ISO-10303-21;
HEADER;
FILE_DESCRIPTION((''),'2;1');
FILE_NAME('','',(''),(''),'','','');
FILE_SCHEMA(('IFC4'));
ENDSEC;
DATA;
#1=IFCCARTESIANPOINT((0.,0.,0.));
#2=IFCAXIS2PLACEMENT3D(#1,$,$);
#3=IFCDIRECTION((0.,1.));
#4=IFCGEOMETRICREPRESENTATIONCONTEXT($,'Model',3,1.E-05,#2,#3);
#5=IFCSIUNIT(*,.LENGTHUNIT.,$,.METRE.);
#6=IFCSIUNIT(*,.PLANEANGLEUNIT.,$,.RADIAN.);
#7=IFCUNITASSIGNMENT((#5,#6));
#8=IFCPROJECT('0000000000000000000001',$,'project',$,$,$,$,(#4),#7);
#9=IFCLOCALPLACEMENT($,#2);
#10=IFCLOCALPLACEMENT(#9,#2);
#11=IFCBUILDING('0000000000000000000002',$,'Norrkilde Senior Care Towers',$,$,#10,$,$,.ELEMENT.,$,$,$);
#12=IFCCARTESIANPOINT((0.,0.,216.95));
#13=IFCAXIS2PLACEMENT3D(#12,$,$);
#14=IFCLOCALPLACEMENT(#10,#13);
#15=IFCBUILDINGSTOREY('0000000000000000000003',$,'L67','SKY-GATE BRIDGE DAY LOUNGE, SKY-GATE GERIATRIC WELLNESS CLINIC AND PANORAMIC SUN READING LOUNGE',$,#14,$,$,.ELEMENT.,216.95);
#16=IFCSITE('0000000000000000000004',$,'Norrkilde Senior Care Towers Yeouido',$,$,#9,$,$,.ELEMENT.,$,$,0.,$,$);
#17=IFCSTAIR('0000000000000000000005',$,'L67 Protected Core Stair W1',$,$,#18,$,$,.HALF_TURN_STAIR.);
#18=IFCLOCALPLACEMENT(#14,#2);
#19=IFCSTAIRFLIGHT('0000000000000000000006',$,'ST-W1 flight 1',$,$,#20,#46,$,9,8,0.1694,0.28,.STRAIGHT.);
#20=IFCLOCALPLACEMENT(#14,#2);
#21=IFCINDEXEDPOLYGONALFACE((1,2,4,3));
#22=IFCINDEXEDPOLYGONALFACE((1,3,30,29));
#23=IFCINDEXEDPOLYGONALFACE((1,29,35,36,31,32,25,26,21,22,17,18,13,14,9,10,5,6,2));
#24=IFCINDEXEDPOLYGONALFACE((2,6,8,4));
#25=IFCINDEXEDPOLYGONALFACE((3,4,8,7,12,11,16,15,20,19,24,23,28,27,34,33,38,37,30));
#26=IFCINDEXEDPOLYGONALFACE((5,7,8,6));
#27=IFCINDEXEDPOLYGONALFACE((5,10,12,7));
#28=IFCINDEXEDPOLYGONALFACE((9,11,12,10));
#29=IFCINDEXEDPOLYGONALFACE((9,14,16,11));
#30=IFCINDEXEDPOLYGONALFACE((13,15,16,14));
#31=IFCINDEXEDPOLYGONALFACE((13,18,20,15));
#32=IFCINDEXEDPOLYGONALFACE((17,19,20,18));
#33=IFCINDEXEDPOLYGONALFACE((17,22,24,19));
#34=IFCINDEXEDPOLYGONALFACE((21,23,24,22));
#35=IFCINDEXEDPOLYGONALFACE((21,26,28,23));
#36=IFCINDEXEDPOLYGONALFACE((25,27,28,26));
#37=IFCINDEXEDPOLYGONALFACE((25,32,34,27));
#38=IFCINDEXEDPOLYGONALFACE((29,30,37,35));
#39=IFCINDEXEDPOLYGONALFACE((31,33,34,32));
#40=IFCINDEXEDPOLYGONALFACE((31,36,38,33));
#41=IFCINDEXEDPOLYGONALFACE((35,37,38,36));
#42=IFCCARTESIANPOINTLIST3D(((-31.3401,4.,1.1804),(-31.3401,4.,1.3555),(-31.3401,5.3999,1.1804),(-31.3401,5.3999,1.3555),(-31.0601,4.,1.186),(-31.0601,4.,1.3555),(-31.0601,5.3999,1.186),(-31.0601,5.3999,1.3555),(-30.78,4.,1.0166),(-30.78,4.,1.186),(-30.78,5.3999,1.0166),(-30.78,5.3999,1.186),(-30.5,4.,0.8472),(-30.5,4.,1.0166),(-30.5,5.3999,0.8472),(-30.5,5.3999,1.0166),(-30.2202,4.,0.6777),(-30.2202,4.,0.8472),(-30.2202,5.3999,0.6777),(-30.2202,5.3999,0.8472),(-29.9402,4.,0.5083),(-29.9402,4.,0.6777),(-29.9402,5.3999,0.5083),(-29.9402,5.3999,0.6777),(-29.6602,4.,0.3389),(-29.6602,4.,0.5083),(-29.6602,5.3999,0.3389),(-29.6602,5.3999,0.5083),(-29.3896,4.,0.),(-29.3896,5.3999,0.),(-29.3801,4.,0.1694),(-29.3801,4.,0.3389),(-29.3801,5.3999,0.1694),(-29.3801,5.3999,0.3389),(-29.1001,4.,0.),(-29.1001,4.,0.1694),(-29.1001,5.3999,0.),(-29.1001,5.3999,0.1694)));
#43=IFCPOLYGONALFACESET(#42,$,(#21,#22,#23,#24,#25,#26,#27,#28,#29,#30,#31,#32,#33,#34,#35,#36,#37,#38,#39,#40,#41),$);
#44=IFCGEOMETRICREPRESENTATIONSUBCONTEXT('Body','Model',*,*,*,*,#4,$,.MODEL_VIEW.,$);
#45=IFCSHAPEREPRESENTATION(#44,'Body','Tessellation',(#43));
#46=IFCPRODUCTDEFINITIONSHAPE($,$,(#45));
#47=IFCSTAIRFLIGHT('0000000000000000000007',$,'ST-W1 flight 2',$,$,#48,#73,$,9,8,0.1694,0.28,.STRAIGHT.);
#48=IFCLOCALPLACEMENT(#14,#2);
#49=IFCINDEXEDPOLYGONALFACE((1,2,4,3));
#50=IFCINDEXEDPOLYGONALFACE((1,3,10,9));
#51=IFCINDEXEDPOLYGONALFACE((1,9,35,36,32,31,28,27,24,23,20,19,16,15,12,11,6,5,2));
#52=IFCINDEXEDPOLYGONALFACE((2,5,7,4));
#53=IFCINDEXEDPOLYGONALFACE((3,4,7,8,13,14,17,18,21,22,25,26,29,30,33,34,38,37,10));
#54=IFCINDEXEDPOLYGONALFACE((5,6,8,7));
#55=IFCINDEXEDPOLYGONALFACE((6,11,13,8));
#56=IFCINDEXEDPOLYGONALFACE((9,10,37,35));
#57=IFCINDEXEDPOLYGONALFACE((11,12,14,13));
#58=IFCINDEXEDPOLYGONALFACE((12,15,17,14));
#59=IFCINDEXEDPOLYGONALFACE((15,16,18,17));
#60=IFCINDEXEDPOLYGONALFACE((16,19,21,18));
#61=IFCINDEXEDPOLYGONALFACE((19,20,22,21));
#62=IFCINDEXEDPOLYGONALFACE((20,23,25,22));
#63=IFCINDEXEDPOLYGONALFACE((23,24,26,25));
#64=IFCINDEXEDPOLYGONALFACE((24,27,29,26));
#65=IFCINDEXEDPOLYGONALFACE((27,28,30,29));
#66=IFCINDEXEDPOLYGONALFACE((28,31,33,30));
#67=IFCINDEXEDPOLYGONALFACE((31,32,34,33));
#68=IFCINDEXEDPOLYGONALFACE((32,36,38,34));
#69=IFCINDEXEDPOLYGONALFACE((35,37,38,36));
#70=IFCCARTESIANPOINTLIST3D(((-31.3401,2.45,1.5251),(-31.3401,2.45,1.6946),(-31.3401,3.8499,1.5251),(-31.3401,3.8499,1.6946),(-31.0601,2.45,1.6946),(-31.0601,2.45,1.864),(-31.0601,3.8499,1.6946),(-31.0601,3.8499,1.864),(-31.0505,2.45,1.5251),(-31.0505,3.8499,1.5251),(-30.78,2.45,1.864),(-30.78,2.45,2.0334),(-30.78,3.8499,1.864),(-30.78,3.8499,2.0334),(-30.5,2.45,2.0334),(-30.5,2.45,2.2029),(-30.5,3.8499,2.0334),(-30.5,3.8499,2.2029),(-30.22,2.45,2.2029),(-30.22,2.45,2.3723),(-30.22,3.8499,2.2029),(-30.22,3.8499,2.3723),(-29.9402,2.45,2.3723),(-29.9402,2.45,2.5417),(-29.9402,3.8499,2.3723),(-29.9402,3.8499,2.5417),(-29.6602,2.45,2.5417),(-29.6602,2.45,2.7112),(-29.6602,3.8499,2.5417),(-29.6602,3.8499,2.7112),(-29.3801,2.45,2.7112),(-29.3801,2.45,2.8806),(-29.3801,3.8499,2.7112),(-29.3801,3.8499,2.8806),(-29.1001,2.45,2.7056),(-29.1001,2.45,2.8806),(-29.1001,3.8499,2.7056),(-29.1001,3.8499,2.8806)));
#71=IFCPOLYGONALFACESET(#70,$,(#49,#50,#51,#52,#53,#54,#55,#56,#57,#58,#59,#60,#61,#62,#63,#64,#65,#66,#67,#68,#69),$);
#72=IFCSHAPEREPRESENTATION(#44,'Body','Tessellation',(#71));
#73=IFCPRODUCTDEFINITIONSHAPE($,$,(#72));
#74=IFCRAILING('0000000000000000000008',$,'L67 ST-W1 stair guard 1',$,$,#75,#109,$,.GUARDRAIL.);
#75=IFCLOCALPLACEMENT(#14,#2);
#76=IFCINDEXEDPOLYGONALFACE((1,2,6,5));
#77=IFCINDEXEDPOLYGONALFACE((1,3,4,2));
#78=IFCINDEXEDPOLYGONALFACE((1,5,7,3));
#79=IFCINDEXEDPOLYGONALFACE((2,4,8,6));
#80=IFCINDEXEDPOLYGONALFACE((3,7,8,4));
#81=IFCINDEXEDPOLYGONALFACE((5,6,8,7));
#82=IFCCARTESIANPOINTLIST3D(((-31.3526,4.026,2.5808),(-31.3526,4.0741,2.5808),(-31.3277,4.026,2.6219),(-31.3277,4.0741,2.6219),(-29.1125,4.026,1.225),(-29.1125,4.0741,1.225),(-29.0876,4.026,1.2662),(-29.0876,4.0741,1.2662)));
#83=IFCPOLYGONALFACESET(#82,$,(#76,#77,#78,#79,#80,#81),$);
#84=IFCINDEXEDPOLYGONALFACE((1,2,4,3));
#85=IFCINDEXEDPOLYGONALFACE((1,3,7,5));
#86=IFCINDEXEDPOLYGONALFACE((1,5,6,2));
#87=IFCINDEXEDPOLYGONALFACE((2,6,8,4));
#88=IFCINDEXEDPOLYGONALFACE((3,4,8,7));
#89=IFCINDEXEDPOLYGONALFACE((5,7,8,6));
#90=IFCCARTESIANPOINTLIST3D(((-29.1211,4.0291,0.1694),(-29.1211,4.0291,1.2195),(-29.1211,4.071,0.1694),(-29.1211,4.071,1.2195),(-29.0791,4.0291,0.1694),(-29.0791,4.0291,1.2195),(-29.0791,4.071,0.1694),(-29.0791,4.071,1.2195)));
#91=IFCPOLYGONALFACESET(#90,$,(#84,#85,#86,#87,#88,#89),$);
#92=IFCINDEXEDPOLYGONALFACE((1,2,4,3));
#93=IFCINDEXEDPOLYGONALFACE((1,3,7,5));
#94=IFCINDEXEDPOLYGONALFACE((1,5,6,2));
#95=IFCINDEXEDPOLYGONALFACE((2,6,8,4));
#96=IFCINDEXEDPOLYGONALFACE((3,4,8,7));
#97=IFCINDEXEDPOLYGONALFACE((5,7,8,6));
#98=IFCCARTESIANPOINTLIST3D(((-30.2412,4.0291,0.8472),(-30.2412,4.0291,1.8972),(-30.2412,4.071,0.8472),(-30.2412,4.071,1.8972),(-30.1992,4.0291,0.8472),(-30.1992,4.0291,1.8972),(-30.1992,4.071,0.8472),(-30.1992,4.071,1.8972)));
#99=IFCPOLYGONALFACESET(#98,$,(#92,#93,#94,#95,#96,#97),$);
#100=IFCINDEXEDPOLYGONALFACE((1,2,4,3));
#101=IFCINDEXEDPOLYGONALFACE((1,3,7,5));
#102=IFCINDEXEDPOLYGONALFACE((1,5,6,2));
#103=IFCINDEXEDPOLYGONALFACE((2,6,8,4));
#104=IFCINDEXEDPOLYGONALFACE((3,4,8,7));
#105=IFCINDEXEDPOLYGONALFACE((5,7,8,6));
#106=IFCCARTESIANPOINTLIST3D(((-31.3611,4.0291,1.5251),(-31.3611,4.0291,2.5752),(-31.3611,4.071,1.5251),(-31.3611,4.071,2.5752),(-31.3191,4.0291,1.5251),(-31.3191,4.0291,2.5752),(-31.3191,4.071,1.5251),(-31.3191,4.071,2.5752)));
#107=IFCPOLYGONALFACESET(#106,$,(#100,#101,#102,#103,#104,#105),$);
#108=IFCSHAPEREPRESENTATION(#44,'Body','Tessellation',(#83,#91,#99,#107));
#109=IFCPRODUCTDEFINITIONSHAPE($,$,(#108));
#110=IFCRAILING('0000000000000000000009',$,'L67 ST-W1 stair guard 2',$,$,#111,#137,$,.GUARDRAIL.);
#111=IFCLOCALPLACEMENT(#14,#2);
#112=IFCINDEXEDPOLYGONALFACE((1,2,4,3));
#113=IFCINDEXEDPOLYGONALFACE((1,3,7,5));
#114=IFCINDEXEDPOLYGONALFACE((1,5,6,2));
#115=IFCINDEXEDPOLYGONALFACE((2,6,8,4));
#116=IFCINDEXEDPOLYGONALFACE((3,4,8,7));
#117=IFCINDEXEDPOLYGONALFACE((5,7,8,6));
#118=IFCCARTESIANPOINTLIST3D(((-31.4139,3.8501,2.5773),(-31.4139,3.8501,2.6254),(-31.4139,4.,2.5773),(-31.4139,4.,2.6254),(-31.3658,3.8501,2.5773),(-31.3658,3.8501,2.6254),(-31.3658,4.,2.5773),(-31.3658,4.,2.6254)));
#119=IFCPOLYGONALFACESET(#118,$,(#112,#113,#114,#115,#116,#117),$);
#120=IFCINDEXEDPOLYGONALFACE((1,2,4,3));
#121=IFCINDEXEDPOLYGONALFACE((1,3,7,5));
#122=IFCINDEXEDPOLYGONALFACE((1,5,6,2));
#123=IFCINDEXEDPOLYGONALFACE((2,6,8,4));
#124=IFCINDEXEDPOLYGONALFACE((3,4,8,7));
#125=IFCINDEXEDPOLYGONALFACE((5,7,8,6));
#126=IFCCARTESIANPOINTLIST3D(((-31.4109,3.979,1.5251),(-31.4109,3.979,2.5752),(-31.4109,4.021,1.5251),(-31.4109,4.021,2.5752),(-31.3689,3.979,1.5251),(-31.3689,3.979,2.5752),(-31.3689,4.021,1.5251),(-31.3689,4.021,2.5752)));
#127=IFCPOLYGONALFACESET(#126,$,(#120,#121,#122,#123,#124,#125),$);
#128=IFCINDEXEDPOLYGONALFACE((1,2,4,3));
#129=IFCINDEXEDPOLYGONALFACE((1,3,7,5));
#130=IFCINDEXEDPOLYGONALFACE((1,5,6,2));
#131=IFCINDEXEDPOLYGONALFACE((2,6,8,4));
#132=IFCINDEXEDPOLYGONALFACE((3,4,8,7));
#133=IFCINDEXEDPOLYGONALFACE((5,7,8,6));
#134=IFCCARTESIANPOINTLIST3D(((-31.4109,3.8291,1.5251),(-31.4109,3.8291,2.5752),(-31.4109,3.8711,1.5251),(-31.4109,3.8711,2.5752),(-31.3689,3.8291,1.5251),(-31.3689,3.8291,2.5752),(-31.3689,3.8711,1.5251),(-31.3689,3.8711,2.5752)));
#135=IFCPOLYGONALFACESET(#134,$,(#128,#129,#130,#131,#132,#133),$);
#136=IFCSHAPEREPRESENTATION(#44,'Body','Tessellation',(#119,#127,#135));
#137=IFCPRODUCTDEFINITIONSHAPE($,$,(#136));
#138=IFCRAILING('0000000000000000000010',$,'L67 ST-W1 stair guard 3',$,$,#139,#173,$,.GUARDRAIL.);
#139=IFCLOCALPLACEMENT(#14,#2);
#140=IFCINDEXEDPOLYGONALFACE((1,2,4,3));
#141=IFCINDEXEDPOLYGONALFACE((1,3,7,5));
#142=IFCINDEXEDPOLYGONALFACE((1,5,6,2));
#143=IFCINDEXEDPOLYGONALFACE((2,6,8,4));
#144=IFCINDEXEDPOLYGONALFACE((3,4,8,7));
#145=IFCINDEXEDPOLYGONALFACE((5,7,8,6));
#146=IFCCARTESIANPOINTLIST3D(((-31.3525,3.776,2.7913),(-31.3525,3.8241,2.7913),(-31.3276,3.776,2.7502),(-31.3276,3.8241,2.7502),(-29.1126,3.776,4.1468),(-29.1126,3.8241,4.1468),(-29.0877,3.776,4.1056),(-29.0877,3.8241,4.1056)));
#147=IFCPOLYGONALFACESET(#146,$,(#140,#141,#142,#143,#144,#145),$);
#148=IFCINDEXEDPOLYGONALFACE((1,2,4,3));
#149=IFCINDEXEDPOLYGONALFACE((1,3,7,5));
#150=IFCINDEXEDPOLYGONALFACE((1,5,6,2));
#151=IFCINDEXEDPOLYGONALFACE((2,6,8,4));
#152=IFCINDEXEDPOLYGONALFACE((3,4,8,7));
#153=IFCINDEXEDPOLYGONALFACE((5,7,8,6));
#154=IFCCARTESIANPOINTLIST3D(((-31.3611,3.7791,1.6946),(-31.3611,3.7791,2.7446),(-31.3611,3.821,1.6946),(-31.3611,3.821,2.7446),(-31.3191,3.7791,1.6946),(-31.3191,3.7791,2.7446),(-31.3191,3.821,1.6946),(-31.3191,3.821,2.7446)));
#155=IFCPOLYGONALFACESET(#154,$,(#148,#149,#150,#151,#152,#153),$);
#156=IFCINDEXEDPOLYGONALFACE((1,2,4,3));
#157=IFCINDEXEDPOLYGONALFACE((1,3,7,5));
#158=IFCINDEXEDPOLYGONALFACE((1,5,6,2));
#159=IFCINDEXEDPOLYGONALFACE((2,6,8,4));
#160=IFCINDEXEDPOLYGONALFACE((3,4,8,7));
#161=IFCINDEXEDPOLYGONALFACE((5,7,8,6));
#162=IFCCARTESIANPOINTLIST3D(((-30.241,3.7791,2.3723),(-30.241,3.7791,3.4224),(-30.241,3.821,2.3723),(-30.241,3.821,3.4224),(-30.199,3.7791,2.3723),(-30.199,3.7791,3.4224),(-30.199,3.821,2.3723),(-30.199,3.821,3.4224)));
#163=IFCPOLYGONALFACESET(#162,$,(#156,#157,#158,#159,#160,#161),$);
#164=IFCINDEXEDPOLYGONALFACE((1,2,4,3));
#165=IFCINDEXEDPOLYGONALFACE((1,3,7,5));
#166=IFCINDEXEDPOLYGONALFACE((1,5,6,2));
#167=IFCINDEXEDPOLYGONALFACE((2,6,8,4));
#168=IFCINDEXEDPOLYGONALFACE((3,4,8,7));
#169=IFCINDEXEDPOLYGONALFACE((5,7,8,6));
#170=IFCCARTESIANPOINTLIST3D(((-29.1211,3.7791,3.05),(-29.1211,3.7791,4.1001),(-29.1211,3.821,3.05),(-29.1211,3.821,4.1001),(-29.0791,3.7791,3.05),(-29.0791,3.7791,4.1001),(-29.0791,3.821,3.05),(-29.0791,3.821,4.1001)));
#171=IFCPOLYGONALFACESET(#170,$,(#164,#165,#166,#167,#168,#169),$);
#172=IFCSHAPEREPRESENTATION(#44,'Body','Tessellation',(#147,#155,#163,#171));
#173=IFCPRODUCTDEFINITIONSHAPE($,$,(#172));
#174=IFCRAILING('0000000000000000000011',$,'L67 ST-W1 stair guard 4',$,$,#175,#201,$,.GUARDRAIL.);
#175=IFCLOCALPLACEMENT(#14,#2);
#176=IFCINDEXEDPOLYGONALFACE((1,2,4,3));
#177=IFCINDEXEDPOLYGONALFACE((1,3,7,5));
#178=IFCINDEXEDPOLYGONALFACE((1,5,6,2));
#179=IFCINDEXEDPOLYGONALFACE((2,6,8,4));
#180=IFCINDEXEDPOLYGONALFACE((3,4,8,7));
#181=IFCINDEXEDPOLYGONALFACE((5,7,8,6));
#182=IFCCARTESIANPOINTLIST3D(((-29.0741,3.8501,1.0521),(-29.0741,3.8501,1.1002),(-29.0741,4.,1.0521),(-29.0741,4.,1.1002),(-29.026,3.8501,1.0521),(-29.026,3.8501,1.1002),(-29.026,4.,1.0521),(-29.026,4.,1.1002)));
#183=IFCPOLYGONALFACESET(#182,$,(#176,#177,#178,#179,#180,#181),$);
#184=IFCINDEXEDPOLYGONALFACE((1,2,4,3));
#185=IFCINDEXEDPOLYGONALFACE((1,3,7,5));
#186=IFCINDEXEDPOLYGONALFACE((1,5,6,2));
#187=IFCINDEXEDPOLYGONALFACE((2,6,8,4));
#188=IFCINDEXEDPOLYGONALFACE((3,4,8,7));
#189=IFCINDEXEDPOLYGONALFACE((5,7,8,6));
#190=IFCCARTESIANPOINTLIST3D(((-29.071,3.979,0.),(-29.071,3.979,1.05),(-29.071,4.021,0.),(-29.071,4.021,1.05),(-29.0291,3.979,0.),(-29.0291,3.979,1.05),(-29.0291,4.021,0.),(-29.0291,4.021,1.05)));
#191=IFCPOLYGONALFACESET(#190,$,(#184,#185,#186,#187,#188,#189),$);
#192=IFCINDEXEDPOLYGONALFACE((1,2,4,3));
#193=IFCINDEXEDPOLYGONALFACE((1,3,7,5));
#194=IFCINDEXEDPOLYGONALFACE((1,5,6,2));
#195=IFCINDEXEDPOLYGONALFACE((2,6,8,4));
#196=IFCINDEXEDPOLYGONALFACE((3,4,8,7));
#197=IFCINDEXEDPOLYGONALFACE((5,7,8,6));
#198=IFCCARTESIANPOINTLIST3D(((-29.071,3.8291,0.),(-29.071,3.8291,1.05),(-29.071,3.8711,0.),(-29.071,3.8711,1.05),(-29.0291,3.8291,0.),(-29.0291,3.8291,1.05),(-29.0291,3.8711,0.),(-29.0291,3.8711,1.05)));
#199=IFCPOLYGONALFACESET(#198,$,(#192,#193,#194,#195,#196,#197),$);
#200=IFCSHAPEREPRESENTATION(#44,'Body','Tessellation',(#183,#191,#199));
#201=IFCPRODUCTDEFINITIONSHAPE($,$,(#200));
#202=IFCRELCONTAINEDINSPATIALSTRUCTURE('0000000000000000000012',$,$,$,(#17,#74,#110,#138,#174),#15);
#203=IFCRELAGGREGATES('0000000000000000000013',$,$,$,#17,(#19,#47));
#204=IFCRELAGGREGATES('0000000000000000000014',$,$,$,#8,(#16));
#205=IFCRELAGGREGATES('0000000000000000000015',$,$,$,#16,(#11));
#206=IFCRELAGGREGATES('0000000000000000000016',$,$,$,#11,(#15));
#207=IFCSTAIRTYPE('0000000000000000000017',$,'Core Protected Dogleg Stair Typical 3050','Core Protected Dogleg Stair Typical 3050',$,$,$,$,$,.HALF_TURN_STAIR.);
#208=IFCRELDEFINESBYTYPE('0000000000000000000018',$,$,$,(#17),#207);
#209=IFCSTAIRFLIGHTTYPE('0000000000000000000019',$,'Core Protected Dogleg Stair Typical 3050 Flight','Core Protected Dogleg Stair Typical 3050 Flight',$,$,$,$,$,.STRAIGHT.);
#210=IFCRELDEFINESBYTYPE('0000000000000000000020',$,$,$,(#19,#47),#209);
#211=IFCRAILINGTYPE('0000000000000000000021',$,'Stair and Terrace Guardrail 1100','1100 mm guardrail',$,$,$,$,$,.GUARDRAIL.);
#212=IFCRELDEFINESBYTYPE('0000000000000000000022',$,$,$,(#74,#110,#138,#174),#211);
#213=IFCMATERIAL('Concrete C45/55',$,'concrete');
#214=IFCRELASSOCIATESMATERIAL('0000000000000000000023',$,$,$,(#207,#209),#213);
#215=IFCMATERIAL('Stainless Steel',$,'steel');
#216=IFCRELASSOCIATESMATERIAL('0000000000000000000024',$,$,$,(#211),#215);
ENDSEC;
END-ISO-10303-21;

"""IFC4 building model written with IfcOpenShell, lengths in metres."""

from ifc_helpers import new_model, si_unit, direction, frame, origin, origin_2d, place, context, subcontext, project, spatial, polyline, rectangle, outline, extrude, material, type_object, element, aggregate, save


model = new_model("IFC4")

# Units and contexts
model_context = context("Model", 3, precision=1e-05, world=origin(), true_north=direction((0.0, 1.0)))
body_context = subcontext(model_context, "Body", "Model", "MODEL_VIEW")
ifc_project = project(units=[si_unit("LENGTHUNIT", "METRE"), si_unit("PLANEANGLEUNIT", "RADIAN")], contexts=[model_context])

# Site, building, storey
site_placement = place(None, origin())
site = spatial("IfcSite", under=ifc_project, at=site_placement, Name="Norrkilde Senior Care Towers Yeouido", CompositionType="ELEMENT", RefElevation=0.0)
building_placement = place(site_placement, origin())
building = spatial("IfcBuilding", under=site, at=building_placement, Name="Norrkilde Senior Care Towers", CompositionType="ELEMENT")
storey_placement = place(building_placement, frame((0.0, 0.0, 216.95)))
storey = spatial("IfcBuildingStorey", under=building, at=storey_placement, Name="L67", Description="SKY-GATE BRIDGE DAY LOUNGE, SKY-GATE GERIATRIC WELLNESS CLINIC AND PANORAMIC SUN READING LOUNGE", CompositionType="ELEMENT", Elevation=216.95)

# Shared definitions
ifc_material_1 = material(Name="Concrete C45/55", Category="concrete")

# Shared definitions
ifc_material_2 = material(Name="Stainless Steel", Category="steel")

# Stair, stair flights
stair_type = type_object("IfcStairType", Name="Core Protected Dogleg Stair Typical 3050", Description="Core Protected Dogleg Stair Typical 3050", PredefinedType="HALF_TURN_STAIR", material=ifc_material_1)
stair_placement = place(storey_placement, origin())
stair = element("IfcStair", 1, at=stair_placement, inside=storey, type_object=stair_type, Name="L67 Protected Core Stair W1", PredefinedType="HALF_TURN_STAIR")
stair_flight_type = type_object("IfcStairFlightType", Name="Core Protected Dogleg Stair Typical 3050 Flight", Description="Core Protected Dogleg Stair Typical 3050 Flight", PredefinedType="STRAIGHT", material=ifc_material_1)
stair_flight_1_placement = place(storey_placement, frame((-29.1001, 4.7, 0.0), z_axis=(0.0, 0.0, 1.0), x_axis=(-1.0, 0.0, 0.0)))
stair_flight_1 = element("IfcStairFlight", 2, at=stair_flight_1_placement, type_object=stair_flight_type, Name="ST-W1 flight 1", NumberOfRisers=9, NumberOfTreads=8, PredefinedType="STRAIGHT", RiserHeight=0.1694, TreadLength=0.28, context=body_context, shape_type="SweptSolid", body=[
    extrude(outline(polyline([(0.0, 0.0), (0.0, 0.1694), (0.28, 0.1694), (0.28, 0.3389), (0.5601, 0.3389), (0.5601, 0.5083), (0.8401, 0.5083), (0.8401, 0.6777), (1.1201, 0.6777), (1.1201, 0.8472), (1.3999, 0.8472), (1.3999, 1.0166), (1.6799, 1.0166), (1.6799, 1.186), (1.96, 1.186), (1.96, 1.3555), (2.24, 1.3555), (2.24, 1.5249), (2.24, 1.1804), (0.2896, 0.0), (0.0, 0.0)])), frame((0.0, 0.7, 0.0), z_axis=(0.0, -1.0, 0.0), x_axis=(1.0, 0.0, 0.0)), (0.0, 0.0, 1.0), 1.3999),
])
stair_flight_2_placement = place(storey_placement, frame((-31.3401, 3.1499, 1.5251), z_axis=(0.0, 0.0, 1.0), x_axis=(1.0, 0.0, 0.0)))
stair_flight_2 = element("IfcStairFlight", 3, at=stair_flight_2_placement, type_object=stair_flight_type, Name="ST-W1 flight 2", NumberOfRisers=9, NumberOfTreads=8, PredefinedType="STRAIGHT", RiserHeight=0.1694, TreadLength=0.28, context=body_context, shape_type="SweptSolid", body=[
    extrude(outline(polyline([(0.0, 0.0), (0.0, 0.1694), (0.28, 0.1694), (0.28, 0.3389), (0.5601, 0.3389), (0.5601, 0.5083), (0.8401, 0.5083), (0.8401, 0.6777), (1.1201, 0.6777), (1.1201, 0.8472), (1.3999, 0.8472), (1.3999, 1.0166), (1.6799, 1.0166), (1.6799, 1.186), (1.96, 1.186), (1.96, 1.3555), (2.24, 1.3555), (2.24, 1.5249), (2.24, 1.1804), (0.2896, 0.0), (0.0, 0.0)])), frame((0.0, 0.7, 0.0), z_axis=(0.0, -1.0, 0.0), x_axis=(1.0, 0.0, 0.0)), (0.0, 0.0, 1.0), 1.3999),
])
aggregate(stair, [stair_flight_1, stair_flight_2])

# Railings
railing_type_1 = type_object("IfcRailingType", Name="Stair and Terrace Guardrail 1100", Description="1100 mm guardrail", PredefinedType="GUARDRAIL", material=ifc_material_2)
railing_1_placement = place(storey_placement, frame((-29.1001, 4.05, 0.1694)))
element("IfcRailing", 4, at=railing_1_placement, inside=storey, type_object=railing_type_1, Name="L67 ST-W1 stair guard 1", PredefinedType="GUARDRAIL", context=body_context, shape_type="SweptSolid", body=[
    extrude(rectangle(XDim=0.0481, YDim=0.0481, at=origin_2d()), frame((0.0, 0.0, 1.0762), z_axis=(-0.855512, 0.0, 0.517783), x_axis=(0.0, -1.0, 0.0)), (0.0, 0.0, 1.0), 2.6184),
    extrude(rectangle(XDim=0.042, YDim=0.042, at=origin_2d()), origin(), (0.0, 0.0, 1.0), 1.05),
    extrude(rectangle(XDim=0.042, YDim=0.042, at=origin_2d()), frame((-1.1201, 0.0, 0.6777)), (0.0, 0.0, 1.0), 1.05),
    extrude(rectangle(XDim=0.042, YDim=0.042, at=origin_2d()), frame((-2.24, 0.0, 1.3557)), (0.0, 0.0, 1.0), 1.05),
])
railing_2_placement = place(storey_placement, frame((-31.3899, 4.0, 1.5251)))
element("IfcRailing", 5, at=railing_2_placement, inside=storey, type_object=railing_type_1, Name="L67 ST-W1 stair guard 2", PredefinedType="GUARDRAIL", context=body_context, shape_type="SweptSolid", body=[
    extrude(rectangle(XDim=0.0481, YDim=0.0481, at=origin_2d()), frame((0.0, 0.0, 1.0762), z_axis=(0.0, -1.0, 0.0), x_axis=(1.0, 0.0, 0.0)), (0.0, 0.0, 1.0), 0.1499),
    extrude(rectangle(XDim=0.042, YDim=0.042, at=origin_2d()), origin(), (0.0, 0.0, 1.0), 1.05),
    extrude(rectangle(XDim=0.042, YDim=0.042, at=origin_2d()), frame((0.0, -0.1499, 0.0)), (0.0, 0.0, 1.0), 1.05),
])
railing_3_placement = place(storey_placement, frame((-31.3401, 3.8, 1.6946)))
element("IfcRailing", 6, at=railing_3_placement, inside=storey, type_object=railing_type_1, Name="L67 ST-W1 stair guard 3", PredefinedType="GUARDRAIL", context=body_context, shape_type="SweptSolid", body=[
    extrude(rectangle(XDim=0.0481, YDim=0.0481, at=origin_2d()), frame((0.0, 0.0, 1.0762), z_axis=(0.855553, 0.0, 0.517715), x_axis=(0.0, 1.0, 0.0)), (0.0, 0.0, 1.0), 2.6182),
    extrude(rectangle(XDim=0.042, YDim=0.042, at=origin_2d()), origin(), (0.0, 0.0, 1.0), 1.05),
    extrude(rectangle(XDim=0.042, YDim=0.042, at=origin_2d()), frame((1.1201, 0.0, 0.6777)), (0.0, 0.0, 1.0), 1.05),
    extrude(rectangle(XDim=0.042, YDim=0.042, at=origin_2d()), frame((2.24, 0.0, 1.3555)), (0.0, 0.0, 1.0), 1.05),
])
railing_4_placement = place(storey_placement, frame((-29.05, 4.0, 0.0)))
element("IfcRailing", 7, at=railing_4_placement, inside=storey, type_object=railing_type_1, Name="L67 ST-W1 stair guard 4", PredefinedType="GUARDRAIL", context=body_context, shape_type="SweptSolid", body=[
    extrude(rectangle(XDim=0.0481, YDim=0.0481, at=origin_2d()), frame((0.0, 0.0, 1.0762), z_axis=(0.0, -1.0, 0.0), x_axis=(1.0, 0.0, 0.0)), (0.0, 0.0, 1.0), 0.1499),
    extrude(rectangle(XDim=0.042, YDim=0.042, at=origin_2d()), origin(), (0.0, 0.0, 1.0), 1.05),
    extrude(rectangle(XDim=0.042, YDim=0.042, at=origin_2d()), frame((0.0, -0.1499, 0.0)), (0.0, 0.0, 1.0), 1.05),
])

save(model, "model.ifc")
